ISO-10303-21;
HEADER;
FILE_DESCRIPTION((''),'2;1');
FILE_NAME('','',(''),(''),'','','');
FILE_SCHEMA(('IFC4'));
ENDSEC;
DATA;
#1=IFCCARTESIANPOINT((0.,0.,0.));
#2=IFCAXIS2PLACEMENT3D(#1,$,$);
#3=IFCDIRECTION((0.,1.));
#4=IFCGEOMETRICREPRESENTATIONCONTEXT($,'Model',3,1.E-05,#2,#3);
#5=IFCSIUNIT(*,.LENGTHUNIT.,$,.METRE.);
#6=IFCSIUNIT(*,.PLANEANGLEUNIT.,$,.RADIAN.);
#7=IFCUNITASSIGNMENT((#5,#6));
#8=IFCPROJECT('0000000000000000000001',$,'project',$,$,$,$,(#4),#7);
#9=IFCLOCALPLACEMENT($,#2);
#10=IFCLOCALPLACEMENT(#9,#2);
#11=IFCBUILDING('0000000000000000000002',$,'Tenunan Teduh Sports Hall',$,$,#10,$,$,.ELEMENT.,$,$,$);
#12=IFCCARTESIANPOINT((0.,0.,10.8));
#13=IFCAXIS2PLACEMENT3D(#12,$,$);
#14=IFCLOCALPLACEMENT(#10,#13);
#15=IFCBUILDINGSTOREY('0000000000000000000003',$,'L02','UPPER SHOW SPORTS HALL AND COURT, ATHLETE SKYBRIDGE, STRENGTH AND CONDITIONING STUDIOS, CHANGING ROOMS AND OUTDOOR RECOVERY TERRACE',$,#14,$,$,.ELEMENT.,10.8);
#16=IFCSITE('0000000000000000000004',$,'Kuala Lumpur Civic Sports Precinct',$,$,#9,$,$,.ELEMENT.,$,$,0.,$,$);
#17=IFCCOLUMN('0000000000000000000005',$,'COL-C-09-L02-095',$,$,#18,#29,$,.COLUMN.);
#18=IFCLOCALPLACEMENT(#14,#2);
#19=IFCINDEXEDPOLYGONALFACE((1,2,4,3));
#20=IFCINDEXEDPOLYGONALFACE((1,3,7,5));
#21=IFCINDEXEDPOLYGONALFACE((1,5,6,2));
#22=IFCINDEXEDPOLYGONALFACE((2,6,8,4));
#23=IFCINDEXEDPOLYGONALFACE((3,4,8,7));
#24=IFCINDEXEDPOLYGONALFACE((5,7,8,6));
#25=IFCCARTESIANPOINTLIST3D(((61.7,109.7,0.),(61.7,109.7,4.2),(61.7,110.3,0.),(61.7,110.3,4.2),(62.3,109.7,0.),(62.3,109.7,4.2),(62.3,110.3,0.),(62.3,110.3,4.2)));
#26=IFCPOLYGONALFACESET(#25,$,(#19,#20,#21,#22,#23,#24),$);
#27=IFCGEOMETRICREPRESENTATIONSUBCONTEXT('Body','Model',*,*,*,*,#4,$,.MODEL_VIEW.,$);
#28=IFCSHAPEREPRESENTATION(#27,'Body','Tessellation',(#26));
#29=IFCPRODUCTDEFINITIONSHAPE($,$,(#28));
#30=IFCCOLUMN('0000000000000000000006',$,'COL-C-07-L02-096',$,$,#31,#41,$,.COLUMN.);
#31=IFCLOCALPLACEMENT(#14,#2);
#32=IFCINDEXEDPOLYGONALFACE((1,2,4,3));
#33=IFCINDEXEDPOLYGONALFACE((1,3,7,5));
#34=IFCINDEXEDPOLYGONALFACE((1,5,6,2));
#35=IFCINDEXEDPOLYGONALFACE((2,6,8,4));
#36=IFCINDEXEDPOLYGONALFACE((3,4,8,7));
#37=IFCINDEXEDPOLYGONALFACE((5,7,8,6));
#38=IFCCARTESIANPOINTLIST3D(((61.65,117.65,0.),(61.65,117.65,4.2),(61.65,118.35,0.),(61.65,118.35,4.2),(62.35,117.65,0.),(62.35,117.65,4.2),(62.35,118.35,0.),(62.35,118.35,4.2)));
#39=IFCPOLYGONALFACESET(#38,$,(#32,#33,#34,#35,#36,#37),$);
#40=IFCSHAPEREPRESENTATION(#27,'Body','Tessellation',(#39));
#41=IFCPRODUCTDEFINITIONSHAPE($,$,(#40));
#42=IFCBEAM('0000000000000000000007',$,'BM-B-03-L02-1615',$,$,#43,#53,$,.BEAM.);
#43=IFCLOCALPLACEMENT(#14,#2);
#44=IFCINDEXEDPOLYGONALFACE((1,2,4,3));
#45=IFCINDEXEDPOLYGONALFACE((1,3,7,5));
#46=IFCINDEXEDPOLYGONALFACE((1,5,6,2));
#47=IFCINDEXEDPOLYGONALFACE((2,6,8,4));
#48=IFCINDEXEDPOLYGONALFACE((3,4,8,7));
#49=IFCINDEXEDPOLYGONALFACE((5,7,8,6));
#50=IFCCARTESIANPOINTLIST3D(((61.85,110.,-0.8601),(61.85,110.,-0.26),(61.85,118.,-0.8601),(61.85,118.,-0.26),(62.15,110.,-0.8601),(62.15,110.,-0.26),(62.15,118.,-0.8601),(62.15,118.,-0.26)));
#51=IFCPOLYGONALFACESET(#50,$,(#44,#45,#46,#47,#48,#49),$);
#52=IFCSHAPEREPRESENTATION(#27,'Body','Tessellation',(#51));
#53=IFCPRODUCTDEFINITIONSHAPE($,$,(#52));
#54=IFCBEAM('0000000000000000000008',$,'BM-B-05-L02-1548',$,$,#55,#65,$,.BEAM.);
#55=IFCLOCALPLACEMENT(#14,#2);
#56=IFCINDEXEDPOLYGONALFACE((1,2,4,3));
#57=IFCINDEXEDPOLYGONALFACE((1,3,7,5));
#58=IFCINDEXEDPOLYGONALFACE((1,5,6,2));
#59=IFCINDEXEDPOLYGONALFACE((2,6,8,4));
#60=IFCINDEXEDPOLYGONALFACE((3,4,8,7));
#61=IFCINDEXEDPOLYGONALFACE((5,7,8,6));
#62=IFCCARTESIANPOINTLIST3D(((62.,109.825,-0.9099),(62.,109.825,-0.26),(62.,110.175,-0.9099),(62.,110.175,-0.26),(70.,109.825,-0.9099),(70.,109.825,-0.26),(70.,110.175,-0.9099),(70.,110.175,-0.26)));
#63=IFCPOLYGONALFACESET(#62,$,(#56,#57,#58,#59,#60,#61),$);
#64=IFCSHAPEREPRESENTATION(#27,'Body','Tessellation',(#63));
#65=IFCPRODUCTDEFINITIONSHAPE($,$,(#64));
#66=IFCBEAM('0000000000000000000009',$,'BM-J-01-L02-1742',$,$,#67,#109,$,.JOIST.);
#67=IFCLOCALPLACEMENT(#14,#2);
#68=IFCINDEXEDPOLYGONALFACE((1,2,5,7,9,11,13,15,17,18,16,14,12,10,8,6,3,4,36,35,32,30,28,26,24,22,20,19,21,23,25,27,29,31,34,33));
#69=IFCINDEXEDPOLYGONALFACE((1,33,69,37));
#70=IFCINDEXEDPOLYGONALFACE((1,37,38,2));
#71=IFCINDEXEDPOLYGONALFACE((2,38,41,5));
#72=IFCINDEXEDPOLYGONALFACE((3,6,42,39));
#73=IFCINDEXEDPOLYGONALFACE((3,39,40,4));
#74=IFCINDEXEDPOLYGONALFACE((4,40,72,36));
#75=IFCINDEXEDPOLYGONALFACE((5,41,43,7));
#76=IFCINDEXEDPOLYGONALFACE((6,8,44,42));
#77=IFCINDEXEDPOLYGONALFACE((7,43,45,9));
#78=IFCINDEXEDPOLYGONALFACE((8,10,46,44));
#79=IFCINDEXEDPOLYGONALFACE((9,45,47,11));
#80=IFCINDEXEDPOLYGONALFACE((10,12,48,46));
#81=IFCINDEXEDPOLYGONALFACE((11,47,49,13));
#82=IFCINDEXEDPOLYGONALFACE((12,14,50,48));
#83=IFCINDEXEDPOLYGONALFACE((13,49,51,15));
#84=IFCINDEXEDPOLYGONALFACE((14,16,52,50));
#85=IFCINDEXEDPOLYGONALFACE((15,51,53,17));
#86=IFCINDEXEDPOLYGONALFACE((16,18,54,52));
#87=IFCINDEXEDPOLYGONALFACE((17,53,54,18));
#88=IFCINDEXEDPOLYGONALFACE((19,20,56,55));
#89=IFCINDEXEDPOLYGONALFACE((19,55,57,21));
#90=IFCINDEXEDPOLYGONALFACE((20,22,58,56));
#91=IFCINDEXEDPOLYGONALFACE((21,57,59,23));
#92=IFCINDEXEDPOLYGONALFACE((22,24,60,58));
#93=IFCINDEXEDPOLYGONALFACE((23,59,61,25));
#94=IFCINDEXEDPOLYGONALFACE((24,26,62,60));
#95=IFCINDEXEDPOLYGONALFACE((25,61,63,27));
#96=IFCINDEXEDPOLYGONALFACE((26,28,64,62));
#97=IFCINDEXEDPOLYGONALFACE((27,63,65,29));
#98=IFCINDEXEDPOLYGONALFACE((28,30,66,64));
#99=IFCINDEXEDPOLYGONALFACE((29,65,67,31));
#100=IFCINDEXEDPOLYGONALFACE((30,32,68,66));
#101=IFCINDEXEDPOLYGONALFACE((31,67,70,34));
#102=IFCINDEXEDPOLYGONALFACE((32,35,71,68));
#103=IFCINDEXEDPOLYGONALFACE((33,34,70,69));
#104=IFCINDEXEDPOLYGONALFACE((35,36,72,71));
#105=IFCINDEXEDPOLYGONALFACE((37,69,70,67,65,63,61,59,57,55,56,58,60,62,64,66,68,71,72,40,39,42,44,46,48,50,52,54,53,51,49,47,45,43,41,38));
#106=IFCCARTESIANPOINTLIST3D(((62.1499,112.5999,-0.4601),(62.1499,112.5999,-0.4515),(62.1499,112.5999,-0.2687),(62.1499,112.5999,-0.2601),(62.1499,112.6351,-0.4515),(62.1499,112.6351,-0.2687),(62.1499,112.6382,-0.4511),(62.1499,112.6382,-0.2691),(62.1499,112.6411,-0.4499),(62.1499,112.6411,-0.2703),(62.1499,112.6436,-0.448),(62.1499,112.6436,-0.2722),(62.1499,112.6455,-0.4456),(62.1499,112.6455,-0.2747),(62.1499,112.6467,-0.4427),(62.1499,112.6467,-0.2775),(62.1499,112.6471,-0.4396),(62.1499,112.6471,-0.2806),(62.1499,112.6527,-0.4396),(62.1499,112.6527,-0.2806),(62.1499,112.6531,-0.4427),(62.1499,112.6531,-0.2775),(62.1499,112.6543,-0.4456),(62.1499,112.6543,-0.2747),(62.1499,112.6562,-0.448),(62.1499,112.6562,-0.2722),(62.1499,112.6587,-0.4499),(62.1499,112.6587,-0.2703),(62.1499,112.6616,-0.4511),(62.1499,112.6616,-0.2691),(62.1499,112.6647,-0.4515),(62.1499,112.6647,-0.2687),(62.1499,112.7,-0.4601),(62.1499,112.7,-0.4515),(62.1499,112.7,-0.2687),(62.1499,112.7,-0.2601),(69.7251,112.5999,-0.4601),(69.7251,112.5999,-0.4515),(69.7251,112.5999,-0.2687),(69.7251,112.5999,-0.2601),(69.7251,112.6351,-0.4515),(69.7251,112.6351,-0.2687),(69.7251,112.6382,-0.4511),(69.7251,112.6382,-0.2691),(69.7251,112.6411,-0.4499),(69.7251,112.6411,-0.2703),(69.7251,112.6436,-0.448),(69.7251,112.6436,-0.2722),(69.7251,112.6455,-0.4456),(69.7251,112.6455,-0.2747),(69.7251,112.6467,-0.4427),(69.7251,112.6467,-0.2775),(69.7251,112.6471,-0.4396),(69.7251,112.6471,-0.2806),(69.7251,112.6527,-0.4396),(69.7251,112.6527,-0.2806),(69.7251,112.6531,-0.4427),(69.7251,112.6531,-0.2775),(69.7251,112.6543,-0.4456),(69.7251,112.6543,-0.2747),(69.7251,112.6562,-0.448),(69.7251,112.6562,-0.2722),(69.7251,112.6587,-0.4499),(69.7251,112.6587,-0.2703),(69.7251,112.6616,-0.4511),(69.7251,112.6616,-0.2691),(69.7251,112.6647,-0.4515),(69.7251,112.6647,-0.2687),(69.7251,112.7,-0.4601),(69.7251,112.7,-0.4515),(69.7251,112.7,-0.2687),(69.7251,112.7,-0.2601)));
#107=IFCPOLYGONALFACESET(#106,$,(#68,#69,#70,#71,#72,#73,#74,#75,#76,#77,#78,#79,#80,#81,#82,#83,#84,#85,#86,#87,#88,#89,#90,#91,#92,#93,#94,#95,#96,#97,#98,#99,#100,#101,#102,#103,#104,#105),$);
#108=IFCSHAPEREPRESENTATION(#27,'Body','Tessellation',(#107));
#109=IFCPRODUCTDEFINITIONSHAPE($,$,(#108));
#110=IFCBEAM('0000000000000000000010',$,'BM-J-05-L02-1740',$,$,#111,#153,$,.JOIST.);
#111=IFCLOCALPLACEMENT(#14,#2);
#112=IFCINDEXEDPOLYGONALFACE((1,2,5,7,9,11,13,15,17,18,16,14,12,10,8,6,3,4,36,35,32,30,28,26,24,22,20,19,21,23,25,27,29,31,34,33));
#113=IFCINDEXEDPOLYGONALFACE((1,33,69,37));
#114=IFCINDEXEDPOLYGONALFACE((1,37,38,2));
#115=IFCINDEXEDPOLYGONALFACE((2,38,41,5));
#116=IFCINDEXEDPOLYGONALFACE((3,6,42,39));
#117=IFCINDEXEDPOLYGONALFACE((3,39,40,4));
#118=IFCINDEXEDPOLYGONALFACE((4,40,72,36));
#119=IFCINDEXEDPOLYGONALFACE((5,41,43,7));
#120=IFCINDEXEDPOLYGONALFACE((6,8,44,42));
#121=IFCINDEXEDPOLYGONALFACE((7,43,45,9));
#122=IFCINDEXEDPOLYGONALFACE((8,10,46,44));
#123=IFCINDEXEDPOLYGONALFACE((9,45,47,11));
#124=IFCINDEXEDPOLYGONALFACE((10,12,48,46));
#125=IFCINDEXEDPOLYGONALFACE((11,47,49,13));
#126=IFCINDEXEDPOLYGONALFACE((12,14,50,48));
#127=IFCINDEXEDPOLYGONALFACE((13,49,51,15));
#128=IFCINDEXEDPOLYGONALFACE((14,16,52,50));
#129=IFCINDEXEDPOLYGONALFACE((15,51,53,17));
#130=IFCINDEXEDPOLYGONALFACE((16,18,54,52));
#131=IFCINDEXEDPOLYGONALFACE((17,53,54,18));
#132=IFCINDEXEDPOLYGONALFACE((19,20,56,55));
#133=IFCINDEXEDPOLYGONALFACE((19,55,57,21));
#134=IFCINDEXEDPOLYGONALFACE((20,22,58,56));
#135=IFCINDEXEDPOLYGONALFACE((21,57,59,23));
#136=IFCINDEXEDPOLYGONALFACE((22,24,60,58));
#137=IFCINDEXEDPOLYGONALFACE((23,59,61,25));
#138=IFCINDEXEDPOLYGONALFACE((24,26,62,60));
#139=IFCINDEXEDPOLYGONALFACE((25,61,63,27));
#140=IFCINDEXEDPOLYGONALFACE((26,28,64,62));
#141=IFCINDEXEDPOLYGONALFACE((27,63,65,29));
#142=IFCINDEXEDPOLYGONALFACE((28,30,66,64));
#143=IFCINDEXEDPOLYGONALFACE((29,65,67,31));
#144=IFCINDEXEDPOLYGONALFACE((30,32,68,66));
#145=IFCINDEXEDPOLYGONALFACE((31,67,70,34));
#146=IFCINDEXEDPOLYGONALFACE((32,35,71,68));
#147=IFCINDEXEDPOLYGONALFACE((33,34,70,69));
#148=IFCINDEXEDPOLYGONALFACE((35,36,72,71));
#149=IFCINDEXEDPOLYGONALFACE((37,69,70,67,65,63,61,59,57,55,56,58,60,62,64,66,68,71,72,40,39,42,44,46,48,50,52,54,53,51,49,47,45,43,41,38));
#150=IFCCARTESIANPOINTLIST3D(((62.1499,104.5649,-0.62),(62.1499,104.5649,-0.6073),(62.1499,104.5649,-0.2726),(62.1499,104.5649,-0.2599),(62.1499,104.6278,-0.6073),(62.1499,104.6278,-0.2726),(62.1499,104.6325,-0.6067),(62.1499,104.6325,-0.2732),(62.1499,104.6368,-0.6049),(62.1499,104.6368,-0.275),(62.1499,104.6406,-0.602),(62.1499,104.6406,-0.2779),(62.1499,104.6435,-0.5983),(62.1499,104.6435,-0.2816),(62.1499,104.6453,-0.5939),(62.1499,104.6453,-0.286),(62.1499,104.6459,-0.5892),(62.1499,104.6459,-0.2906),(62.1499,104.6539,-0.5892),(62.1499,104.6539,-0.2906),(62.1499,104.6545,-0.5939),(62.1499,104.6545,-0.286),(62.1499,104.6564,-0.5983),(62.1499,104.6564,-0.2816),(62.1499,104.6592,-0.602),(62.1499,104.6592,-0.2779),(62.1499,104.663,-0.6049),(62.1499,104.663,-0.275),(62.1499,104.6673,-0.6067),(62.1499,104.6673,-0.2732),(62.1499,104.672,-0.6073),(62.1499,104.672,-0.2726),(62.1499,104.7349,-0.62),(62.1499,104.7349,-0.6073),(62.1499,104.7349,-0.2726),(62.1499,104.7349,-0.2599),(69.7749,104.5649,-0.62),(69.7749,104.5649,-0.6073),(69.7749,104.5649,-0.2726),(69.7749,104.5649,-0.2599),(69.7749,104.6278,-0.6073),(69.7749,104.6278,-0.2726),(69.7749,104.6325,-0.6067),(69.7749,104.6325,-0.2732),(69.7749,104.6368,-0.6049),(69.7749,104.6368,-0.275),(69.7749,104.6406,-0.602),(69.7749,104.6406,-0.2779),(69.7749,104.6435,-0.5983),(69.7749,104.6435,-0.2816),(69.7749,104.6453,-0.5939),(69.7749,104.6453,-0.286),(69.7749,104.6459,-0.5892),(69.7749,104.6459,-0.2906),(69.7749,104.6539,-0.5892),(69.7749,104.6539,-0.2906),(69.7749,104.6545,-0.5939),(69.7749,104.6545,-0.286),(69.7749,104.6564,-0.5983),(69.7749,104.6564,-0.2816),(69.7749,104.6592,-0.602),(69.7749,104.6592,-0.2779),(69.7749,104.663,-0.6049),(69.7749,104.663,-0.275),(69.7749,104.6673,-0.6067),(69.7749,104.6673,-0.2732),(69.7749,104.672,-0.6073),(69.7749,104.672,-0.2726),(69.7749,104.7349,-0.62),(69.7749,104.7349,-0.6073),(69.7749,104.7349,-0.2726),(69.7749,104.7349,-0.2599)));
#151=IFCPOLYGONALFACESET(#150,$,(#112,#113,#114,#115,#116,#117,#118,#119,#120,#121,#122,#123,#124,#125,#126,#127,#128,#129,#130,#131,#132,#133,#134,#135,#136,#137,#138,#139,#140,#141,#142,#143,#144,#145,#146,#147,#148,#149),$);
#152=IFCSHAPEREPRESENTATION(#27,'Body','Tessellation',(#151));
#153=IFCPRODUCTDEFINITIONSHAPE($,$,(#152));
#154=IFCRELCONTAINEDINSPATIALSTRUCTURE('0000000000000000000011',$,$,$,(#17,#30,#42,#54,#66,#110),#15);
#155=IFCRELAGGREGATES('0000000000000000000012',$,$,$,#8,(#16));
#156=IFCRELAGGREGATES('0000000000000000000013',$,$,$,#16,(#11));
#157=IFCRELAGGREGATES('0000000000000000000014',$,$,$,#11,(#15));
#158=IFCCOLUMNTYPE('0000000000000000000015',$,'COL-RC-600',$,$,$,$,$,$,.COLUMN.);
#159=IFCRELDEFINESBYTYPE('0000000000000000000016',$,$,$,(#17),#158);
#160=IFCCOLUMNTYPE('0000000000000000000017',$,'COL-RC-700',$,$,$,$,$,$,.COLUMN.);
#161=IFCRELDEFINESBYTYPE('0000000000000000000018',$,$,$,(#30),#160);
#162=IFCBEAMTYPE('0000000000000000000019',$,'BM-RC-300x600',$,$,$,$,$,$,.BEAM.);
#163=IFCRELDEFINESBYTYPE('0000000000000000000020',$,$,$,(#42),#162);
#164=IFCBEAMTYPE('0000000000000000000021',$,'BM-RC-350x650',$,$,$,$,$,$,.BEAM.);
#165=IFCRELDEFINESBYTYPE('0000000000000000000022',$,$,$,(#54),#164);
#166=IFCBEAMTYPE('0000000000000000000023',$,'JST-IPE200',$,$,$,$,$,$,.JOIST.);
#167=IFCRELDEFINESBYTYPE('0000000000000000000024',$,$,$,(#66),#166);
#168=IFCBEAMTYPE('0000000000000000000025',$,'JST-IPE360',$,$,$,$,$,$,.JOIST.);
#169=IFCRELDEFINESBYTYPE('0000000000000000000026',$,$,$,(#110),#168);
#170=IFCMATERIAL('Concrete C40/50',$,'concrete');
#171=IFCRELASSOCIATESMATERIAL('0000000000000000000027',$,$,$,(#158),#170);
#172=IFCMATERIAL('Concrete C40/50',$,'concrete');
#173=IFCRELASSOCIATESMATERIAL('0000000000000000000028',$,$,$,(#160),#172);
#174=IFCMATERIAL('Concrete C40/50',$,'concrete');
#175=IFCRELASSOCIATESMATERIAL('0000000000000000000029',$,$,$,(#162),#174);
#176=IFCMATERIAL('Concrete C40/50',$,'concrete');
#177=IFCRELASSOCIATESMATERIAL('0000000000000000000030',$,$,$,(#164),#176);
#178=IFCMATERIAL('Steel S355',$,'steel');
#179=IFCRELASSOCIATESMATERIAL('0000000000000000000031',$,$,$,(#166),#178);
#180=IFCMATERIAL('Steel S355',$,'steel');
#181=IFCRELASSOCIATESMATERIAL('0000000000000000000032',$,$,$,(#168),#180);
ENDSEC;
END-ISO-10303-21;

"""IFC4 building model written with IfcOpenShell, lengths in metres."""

from ifc_helpers import new_model, si_unit, direction, frame, origin, origin_2d, place, context, subcontext, project, spatial, rectangle, i_section, extrude, material, material_profile, profile_set, type_object, element, save


model = new_model("IFC4")

# Units and contexts
model_context = context("Model", 3, precision=1e-05, world=origin(), true_north=direction((0.0, 1.0)))
body_context = subcontext(model_context, "Body", "Model", "MODEL_VIEW")
ifc_project = project(units=[si_unit("LENGTHUNIT", "METRE"), si_unit("PLANEANGLEUNIT", "RADIAN")], contexts=[model_context])

# Site, building, storey
site_placement = place(None, origin())
site = spatial("IfcSite", under=ifc_project, at=site_placement, Name="Kuala Lumpur Civic Sports Precinct", CompositionType="ELEMENT", RefElevation=0.0)
building_placement = place(site_placement, origin())
building = spatial("IfcBuilding", under=site, at=building_placement, Name="Tenunan Teduh Sports Hall", CompositionType="ELEMENT")
storey_placement = place(building_placement, frame((0.0, 0.0, 10.8)))
storey = spatial("IfcBuildingStorey", under=building, at=storey_placement, Name="L02", Description="UPPER SHOW SPORTS HALL AND COURT, ATHLETE SKYBRIDGE, STRENGTH AND CONDITIONING STUDIOS, CHANGING ROOMS AND OUTDOOR RECOVERY TERRACE", CompositionType="ELEMENT", Elevation=10.8)

# Columns
ifc_material_1 = material(Name="Concrete C40/50", Category="concrete")
ifc_material_profile_1 = material_profile(ifc_material_1, rectangle(XDim=0.6001, YDim=0.6001, at=origin_2d()), Name="RC 600x600")
ifc_profile_set_1 = profile_set([ifc_material_profile_1], Name="Concrete C40/50")
column_type_1 = type_object("IfcColumnType", Name="COL-RC-600", PredefinedType="COLUMN", material=ifc_profile_set_1)
column_1_placement = place(storey_placement, frame((62.0, 110.0, 0.0), z_axis=(0.0, 0.0, 1.0), x_axis=(1.0, 0.0, 0.0)))
element("IfcColumn", 1, at=column_1_placement, inside=storey, type_object=column_type_1, Name="COL-C-09-L02-095", PredefinedType="COLUMN", context=body_context, shape_type="SweptSolid", body=[
    extrude(rectangle(XDim=0.6001, YDim=0.6001, at=origin_2d()), origin(), (0.0, 0.0, 1.0), 4.2),
])
ifc_material_2 = material(Name="Concrete C40/50", Category="concrete")
ifc_material_profile_2 = material_profile(ifc_material_2, rectangle(XDim=0.7, YDim=0.7, at=origin_2d()), Name="RC 700x700")
ifc_profile_set_2 = profile_set([ifc_material_profile_2], Name="Concrete C40/50")
column_type_2 = type_object("IfcColumnType", Name="COL-RC-700", PredefinedType="COLUMN", material=ifc_profile_set_2)
column_2_placement = place(storey_placement, frame((62.0, 118.0, 0.0), z_axis=(0.0, 0.0, 1.0), x_axis=(1.0, 0.0, 0.0)))
element("IfcColumn", 2, at=column_2_placement, inside=storey, type_object=column_type_2, Name="COL-C-07-L02-096", PredefinedType="COLUMN", context=body_context, shape_type="SweptSolid", body=[
    extrude(rectangle(XDim=0.7, YDim=0.7, at=origin_2d()), origin(), (0.0, 0.0, 1.0), 4.2),
])

# Beams
ifc_material_3 = material(Name="Concrete C40/50", Category="concrete")
ifc_material_profile_3 = material_profile(ifc_material_3, rectangle(XDim=0.3, YDim=0.6001, at=origin_2d()), Name="RCB 300x600")
ifc_profile_set_3 = profile_set([ifc_material_profile_3], Name="Concrete C40/50")
beam_type_1 = type_object("IfcBeamType", Name="BM-RC-300x600", PredefinedType="BEAM", material=ifc_profile_set_3)
beam_1_placement = place(storey_placement, frame((62.0, 110.0, -0.5601), z_axis=(0.0, 1.0, 0.0), x_axis=(-1.0, 0.0, 0.0)))
element("IfcBeam", 3, at=beam_1_placement, inside=storey, type_object=beam_type_1, Name="BM-B-03-L02-1615", PredefinedType="BEAM", context=body_context, shape_type="SweptSolid", body=[
    extrude(rectangle(XDim=0.3, YDim=0.6001, at=origin_2d()), origin(), (0.0, 0.0, 1.0), 8.0),
])
ifc_material_4 = material(Name="Concrete C40/50", Category="concrete")
ifc_material_profile_4 = material_profile(ifc_material_4, rectangle(XDim=0.3501, YDim=0.6499, at=origin_2d()), Name="RCB 350x650")
ifc_profile_set_4 = profile_set([ifc_material_profile_4], Name="Concrete C40/50")
beam_type_2 = type_object("IfcBeamType", Name="BM-RC-350x650", PredefinedType="BEAM", material=ifc_profile_set_4)
beam_2_placement = place(storey_placement, frame((62.0, 110.0, -0.585), z_axis=(1.0, 0.0, 0.0), x_axis=(0.0, 1.0, 0.0)))
element("IfcBeam", 4, at=beam_2_placement, inside=storey, type_object=beam_type_2, Name="BM-B-05-L02-1548", PredefinedType="BEAM", context=body_context, shape_type="SweptSolid", body=[
    extrude(rectangle(XDim=0.3501, YDim=0.6499, at=origin_2d()), origin(), (0.0, 0.0, 1.0), 8.0),
])
ifc_material_5 = material(Name="Steel S355", Category="steel")
ifc_material_profile_5 = material_profile(ifc_material_5, i_section(OverallWidth=0.1001, OverallDepth=0.2, WebThickness=0.0056, FlangeThickness=0.0085, FilletRadius=0.012, at=origin_2d()), Name="IPE 200")
ifc_profile_set_5 = profile_set([ifc_material_profile_5], Name="Steel S355")
beam_type_3 = type_object("IfcBeamType", Name="JST-IPE200", PredefinedType="JOIST", material=ifc_profile_set_5)
beam_3_placement = place(storey_placement, frame((62.1499, 112.6499, -0.3601), z_axis=(1.0, 0.0, 0.0), x_axis=(0.0, 1.0, 0.0)))
element("IfcBeam", 5, at=beam_3_placement, inside=storey, type_object=beam_type_3, Name="BM-J-01-L02-1742", PredefinedType="JOIST", context=body_context, shape_type="SweptSolid", body=[
    extrude(i_section(OverallWidth=0.1001, OverallDepth=0.2, WebThickness=0.0056, FlangeThickness=0.0085, FilletRadius=0.012, at=origin_2d()), origin(), (0.0, 0.0, 1.0), 7.5752),
])
ifc_material_6 = material(Name="Steel S355", Category="steel")
ifc_material_profile_6 = material_profile(ifc_material_6, i_section(OverallWidth=0.1699, OverallDepth=0.3601, WebThickness=0.0081, FlangeThickness=0.0127, FilletRadius=0.0181, at=origin_2d()), Name="IPE 360")
ifc_profile_set_6 = profile_set([ifc_material_profile_6], Name="Steel S355")
beam_type_4 = type_object("IfcBeamType", Name="JST-IPE360", PredefinedType="JOIST", material=ifc_profile_set_6)
beam_4_placement = place(storey_placement, frame((62.1499, 104.6499, -0.4399), z_axis=(1.0, 0.0, 0.0), x_axis=(0.0, 1.0, 0.0)))
element("IfcBeam", 6, at=beam_4_placement, inside=storey, type_object=beam_type_4, Name="BM-J-05-L02-1740", PredefinedType="JOIST", context=body_context, shape_type="SweptSolid", body=[
    extrude(i_section(OverallWidth=0.1699, OverallDepth=0.3601, WebThickness=0.0081, FlangeThickness=0.0127, FilletRadius=0.0181, at=origin_2d()), origin(), (0.0, 0.0, 1.0), 7.625),
])

save(model, "model.ifc")
